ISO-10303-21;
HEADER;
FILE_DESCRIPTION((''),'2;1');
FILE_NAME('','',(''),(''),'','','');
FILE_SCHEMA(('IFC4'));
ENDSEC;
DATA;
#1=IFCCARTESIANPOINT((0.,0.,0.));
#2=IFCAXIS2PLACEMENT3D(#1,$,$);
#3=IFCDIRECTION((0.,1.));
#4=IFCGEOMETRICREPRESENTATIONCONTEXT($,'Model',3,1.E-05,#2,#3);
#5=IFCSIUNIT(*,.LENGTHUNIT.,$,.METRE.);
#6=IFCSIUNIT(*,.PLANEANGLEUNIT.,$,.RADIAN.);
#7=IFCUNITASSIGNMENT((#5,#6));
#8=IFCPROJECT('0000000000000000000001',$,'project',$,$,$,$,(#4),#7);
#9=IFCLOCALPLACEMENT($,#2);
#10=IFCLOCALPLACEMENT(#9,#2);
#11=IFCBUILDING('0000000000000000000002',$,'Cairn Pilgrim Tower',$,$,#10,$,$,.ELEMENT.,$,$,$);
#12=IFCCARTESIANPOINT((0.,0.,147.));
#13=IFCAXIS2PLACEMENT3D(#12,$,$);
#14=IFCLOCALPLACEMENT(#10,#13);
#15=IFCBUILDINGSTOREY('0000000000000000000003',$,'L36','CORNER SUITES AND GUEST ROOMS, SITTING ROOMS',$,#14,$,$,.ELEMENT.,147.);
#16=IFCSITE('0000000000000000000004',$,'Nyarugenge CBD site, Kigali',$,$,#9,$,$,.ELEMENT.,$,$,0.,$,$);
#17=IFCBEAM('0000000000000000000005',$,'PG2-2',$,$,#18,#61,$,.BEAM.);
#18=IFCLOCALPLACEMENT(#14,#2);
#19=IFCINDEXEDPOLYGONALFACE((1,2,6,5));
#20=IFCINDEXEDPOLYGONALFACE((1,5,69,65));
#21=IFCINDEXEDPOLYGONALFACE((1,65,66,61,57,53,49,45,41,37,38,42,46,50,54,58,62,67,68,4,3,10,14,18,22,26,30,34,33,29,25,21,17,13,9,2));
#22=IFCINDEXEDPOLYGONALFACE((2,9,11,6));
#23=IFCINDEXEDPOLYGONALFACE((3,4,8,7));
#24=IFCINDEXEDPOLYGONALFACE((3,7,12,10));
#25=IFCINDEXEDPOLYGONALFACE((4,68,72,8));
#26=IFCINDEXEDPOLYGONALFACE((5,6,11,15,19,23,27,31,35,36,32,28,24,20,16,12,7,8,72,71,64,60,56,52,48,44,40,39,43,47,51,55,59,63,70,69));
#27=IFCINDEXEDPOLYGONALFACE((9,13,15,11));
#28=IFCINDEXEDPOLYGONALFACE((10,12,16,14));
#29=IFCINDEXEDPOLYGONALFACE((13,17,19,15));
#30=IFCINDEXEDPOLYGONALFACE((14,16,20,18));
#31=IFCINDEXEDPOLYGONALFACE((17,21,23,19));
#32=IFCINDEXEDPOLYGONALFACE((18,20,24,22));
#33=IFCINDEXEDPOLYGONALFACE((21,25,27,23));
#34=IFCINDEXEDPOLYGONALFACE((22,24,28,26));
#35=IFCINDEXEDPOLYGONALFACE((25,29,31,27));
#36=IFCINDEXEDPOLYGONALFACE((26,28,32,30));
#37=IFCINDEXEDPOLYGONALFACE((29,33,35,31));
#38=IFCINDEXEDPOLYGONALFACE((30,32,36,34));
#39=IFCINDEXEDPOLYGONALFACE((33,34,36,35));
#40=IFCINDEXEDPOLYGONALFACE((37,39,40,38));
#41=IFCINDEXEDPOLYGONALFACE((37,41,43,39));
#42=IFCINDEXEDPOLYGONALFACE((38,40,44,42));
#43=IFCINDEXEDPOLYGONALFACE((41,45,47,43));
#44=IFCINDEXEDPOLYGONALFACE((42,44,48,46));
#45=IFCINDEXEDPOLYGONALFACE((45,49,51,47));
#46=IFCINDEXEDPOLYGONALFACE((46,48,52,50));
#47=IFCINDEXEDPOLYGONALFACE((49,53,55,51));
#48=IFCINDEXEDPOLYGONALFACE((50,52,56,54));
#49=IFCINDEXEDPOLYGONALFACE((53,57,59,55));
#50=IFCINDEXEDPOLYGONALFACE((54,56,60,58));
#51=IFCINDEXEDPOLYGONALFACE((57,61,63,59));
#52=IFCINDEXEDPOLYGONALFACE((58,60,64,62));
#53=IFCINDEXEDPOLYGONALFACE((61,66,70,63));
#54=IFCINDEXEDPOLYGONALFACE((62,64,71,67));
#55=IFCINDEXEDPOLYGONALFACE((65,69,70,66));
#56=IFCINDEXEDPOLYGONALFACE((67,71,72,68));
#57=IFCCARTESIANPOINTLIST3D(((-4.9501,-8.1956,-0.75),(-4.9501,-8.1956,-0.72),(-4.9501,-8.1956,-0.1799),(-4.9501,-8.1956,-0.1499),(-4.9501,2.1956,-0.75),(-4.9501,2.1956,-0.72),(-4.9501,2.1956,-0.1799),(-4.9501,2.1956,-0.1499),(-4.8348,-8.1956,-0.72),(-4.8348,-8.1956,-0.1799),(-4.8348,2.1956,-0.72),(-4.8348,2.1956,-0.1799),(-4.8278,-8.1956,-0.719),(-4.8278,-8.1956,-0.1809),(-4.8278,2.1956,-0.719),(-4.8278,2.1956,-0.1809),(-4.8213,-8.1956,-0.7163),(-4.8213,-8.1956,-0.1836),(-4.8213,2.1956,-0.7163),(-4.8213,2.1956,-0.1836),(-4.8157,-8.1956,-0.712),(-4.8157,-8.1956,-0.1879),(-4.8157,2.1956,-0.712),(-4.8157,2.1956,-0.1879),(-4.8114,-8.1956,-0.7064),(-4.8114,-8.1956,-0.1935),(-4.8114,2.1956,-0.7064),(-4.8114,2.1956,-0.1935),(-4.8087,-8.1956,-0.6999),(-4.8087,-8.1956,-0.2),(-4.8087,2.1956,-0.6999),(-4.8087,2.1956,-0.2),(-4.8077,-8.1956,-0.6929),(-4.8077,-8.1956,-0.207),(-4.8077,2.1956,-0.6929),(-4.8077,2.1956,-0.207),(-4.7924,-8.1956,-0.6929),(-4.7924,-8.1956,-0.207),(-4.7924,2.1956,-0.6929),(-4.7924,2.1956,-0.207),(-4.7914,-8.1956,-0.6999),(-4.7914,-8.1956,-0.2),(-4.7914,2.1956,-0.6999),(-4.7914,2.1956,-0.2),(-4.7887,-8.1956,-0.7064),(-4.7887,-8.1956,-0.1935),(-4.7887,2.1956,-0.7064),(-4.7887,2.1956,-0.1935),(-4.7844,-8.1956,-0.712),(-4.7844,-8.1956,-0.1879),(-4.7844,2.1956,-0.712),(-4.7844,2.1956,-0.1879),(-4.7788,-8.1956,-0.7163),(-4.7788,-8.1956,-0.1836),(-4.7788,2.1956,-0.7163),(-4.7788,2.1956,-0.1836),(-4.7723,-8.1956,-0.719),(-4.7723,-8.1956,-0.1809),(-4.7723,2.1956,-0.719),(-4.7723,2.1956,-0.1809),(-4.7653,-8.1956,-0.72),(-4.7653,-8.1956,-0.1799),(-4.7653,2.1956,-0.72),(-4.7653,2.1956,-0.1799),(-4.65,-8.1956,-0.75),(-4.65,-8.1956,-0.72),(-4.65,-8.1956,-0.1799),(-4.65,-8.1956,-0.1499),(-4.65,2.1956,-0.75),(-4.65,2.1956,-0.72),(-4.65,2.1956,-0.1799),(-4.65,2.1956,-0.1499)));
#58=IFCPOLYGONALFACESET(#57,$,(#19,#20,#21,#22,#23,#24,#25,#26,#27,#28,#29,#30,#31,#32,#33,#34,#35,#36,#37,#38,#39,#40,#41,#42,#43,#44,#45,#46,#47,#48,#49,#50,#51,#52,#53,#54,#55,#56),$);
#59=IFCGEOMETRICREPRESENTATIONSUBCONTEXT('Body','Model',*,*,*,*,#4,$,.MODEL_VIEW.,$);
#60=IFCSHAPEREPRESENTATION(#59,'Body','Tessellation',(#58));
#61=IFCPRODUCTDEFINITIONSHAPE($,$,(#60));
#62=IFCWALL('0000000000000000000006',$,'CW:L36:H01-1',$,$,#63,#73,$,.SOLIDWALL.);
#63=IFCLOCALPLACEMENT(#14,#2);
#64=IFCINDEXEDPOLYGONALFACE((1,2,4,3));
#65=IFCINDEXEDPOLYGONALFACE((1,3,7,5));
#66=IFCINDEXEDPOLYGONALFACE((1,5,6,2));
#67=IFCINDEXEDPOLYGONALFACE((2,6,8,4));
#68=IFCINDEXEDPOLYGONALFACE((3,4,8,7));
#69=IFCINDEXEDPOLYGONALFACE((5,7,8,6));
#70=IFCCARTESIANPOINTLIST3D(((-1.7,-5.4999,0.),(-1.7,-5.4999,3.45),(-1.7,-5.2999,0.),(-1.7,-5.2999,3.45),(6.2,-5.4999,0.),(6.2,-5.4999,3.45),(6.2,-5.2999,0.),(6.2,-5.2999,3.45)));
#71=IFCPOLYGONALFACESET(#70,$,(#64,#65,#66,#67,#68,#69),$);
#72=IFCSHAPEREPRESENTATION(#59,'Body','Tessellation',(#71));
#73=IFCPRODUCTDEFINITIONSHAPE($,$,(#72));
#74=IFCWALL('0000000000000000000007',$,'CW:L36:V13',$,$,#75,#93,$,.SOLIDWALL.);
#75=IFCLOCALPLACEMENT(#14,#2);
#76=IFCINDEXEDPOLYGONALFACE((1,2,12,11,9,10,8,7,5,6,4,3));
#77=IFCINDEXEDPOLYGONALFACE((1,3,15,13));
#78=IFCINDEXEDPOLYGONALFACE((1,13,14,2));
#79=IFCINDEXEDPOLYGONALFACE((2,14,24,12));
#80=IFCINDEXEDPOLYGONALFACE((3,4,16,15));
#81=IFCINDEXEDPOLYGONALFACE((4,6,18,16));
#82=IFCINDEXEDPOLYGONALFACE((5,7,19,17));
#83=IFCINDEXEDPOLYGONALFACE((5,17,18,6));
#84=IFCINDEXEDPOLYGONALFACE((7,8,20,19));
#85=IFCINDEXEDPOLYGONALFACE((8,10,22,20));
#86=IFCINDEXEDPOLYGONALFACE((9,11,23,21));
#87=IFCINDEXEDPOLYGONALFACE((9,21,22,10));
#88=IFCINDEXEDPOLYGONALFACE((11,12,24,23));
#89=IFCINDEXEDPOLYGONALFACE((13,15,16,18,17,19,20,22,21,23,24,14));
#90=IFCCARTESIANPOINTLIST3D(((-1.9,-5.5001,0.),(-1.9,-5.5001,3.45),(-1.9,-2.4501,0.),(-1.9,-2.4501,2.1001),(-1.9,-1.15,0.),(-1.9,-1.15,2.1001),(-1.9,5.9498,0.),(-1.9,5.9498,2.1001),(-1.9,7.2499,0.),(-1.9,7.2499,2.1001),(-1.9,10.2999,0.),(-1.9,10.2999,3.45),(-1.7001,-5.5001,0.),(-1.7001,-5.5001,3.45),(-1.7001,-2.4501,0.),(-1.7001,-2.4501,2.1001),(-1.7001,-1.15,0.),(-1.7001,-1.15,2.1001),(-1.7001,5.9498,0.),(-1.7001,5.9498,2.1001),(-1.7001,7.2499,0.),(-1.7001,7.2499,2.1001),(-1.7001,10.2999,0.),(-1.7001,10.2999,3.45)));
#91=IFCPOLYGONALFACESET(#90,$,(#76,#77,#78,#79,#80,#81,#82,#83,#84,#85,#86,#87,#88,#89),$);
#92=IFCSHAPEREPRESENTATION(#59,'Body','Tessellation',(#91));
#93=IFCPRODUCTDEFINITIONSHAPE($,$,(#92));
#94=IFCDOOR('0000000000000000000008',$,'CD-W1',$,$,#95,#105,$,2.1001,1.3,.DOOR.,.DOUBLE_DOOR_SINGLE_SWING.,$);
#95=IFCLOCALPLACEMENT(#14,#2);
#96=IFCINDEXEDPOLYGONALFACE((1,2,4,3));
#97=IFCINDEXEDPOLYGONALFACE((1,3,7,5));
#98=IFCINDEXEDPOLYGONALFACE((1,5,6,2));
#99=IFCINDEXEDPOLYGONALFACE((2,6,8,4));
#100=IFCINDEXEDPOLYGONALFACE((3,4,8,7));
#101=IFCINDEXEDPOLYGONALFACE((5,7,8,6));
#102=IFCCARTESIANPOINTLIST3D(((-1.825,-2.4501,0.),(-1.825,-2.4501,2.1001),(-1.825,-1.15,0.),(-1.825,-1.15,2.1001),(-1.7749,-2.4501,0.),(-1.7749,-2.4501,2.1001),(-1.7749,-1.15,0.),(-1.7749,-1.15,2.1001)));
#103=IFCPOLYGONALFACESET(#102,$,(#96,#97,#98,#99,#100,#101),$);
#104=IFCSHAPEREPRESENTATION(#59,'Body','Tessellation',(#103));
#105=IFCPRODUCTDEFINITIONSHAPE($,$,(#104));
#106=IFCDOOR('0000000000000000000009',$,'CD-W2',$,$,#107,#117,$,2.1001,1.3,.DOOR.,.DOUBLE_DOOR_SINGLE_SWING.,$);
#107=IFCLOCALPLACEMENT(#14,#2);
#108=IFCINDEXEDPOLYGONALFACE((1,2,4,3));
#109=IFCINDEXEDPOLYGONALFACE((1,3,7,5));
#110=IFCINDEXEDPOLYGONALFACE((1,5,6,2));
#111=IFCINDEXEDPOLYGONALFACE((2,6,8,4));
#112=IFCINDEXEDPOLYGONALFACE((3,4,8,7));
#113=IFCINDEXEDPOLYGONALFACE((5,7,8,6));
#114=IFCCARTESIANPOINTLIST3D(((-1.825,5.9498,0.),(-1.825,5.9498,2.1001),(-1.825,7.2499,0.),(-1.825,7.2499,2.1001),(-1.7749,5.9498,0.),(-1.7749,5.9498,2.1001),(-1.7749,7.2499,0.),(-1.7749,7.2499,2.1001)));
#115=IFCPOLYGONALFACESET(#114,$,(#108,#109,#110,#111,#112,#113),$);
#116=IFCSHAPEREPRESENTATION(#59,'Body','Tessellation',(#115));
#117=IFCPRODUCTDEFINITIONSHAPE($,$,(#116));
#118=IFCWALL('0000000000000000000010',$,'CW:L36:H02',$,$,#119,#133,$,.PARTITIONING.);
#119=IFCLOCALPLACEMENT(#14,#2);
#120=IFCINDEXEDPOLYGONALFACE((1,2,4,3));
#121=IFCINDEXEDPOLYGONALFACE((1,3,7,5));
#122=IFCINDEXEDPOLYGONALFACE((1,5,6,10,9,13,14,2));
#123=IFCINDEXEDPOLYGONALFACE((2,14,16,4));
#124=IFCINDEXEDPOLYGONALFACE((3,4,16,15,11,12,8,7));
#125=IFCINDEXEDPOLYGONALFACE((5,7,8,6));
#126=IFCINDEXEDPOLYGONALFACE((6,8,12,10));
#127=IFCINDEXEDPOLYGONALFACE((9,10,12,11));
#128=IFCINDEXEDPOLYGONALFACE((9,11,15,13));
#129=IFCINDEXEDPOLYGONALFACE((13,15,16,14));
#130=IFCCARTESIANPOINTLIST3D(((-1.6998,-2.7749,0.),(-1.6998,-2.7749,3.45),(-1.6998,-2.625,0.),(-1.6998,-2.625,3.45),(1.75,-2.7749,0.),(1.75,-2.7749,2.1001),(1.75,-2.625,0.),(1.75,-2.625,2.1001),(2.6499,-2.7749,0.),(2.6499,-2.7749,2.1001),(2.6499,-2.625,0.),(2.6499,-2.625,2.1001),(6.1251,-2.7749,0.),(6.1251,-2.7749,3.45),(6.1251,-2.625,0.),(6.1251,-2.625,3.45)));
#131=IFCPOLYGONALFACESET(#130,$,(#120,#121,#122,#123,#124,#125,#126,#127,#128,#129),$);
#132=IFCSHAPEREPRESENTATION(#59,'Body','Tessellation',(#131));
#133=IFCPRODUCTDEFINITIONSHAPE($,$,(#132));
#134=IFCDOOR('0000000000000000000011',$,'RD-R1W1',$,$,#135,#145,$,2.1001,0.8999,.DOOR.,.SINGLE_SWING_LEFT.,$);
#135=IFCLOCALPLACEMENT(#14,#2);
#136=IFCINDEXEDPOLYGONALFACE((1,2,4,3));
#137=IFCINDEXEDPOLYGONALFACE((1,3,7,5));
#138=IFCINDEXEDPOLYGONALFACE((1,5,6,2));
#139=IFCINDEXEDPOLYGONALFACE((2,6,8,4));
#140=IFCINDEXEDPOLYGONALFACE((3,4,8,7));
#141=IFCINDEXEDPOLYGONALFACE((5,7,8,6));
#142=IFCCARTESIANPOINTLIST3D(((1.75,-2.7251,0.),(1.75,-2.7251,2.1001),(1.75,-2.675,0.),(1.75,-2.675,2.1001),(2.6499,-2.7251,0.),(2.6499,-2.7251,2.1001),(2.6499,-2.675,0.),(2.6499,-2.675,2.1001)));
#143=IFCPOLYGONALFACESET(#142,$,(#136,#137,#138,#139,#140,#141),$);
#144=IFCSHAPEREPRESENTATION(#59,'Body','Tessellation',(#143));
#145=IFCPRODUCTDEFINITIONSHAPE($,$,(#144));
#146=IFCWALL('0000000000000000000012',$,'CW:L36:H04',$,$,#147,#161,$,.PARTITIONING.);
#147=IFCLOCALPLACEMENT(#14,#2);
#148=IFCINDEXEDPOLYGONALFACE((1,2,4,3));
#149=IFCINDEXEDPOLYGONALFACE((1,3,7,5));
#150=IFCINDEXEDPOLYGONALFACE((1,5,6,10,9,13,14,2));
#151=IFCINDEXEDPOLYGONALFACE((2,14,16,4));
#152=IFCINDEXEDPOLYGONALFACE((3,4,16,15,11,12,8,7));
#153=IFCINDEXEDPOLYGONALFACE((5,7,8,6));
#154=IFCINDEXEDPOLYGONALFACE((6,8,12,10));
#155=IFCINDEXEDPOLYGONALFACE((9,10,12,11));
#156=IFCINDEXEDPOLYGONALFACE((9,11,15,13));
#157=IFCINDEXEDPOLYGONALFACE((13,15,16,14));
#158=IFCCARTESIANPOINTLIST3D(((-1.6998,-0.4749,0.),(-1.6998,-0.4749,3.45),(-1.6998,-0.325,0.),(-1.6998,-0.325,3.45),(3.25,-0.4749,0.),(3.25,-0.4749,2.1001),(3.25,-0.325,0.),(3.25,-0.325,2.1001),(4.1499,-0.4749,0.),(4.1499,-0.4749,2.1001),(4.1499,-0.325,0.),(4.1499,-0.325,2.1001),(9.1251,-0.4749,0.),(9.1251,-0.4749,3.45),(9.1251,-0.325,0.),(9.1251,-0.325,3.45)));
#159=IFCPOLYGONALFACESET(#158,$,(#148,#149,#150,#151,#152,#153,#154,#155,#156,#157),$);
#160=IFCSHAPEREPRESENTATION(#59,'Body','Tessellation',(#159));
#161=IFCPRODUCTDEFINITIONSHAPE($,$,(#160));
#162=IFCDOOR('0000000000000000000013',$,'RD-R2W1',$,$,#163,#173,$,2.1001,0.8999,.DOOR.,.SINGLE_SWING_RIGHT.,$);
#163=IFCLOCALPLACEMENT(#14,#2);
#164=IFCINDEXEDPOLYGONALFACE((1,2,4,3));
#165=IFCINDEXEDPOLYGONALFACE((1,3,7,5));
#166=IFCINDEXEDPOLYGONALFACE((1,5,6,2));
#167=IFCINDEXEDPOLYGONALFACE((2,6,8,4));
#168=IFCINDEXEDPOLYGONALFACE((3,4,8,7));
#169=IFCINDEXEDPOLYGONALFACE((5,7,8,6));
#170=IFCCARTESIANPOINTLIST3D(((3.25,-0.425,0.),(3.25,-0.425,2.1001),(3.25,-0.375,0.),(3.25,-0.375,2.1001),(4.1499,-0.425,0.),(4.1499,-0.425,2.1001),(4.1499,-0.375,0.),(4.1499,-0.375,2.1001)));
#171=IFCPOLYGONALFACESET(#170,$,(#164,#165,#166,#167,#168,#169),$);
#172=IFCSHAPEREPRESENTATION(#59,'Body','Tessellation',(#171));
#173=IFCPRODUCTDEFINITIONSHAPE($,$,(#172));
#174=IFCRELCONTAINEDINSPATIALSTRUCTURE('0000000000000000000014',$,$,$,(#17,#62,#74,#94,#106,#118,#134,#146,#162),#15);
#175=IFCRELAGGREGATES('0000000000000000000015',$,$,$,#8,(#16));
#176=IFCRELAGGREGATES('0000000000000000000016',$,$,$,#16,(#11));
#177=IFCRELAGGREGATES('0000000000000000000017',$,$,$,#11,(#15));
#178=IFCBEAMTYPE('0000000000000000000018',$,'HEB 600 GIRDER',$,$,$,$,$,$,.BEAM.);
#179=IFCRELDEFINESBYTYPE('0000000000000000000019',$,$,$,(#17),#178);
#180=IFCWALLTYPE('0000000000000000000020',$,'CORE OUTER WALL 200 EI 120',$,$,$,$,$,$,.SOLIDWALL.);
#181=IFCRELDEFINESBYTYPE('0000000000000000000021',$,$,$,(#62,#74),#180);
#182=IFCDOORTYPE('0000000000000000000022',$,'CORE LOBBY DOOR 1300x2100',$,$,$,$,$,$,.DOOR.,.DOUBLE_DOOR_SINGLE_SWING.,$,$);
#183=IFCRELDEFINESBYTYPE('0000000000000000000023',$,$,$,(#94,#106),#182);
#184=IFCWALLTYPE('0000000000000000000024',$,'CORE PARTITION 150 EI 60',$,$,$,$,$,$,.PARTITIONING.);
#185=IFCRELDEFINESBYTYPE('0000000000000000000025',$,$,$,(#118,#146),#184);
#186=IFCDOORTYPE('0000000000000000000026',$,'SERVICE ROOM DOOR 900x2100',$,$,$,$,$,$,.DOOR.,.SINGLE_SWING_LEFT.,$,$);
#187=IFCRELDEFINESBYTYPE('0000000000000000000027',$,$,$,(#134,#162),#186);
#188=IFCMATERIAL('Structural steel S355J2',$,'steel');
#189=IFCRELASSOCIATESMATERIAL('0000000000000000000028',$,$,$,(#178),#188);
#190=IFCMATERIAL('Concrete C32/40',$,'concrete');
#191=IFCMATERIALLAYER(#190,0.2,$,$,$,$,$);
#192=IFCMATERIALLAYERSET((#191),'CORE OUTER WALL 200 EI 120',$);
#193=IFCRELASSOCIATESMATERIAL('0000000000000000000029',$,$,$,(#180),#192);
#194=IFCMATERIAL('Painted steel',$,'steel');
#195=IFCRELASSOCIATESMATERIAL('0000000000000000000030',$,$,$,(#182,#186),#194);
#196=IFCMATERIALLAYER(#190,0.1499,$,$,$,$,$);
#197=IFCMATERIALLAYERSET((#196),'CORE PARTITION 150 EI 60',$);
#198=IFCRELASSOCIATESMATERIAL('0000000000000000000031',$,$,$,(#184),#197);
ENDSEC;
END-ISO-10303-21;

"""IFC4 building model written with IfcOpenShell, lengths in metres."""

from ifc_helpers import new_model, si_unit, direction, frame, frame_2d, origin, origin_2d, place, context, subcontext, project, spatial, rectangle, i_section, extrude, material, layer, layer_set, material_profile, profile_set, type_object, element, fill, save


model = new_model("IFC4")

# Units and contexts
model_context = context("Model", 3, precision=1e-05, world=origin(), true_north=direction((0.0, 1.0)))
body_context = subcontext(model_context, "Body", "Model", "MODEL_VIEW")
ifc_project = project(units=[si_unit("LENGTHUNIT", "METRE"), si_unit("PLANEANGLEUNIT", "RADIAN")], contexts=[model_context])

# Site, building, storey
site_placement = place(None, origin())
site = spatial("IfcSite", under=ifc_project, at=site_placement, Name="Nyarugenge CBD site, Kigali", CompositionType="ELEMENT", RefElevation=0.0)
building_placement = place(site_placement, origin())
building = spatial("IfcBuilding", under=site, at=building_placement, Name="Cairn Pilgrim Tower", CompositionType="ELEMENT")
storey_placement = place(building_placement, frame((0.0, 0.0, 147.0)))
storey = spatial("IfcBuildingStorey", under=building, at=storey_placement, Name="L36", Description="CORNER SUITES AND GUEST ROOMS, SITTING ROOMS", CompositionType="ELEMENT", Elevation=147.0)

# Beam
ifc_material_1 = material(Name="Structural steel S355J2", Category="steel")
ifc_material_profile_1 = material_profile(ifc_material_1, i_section(OverallWidth=0.3, OverallDepth=0.6001, WebThickness=0.0154, FlangeThickness=0.03, FilletRadius=0.0271, at=origin_2d()), Name="HEB 600")
ifc_profile_set_1 = profile_set([ifc_material_profile_1], Name="Structural steel S355J2")
beam_type_1 = type_object("IfcBeamType", Name="HEB 600 GIRDER", PredefinedType="BEAM", material=ifc_profile_set_1)
beam_1_placement = place(storey_placement, frame((-4.8, -8.1956, -0.45), z_axis=(0.0, 1.0, 0.0), x_axis=(-1.0, 0.0, 0.0)))
element("IfcBeam", 1, at=beam_1_placement, inside=storey, type_object=beam_type_1, Name="PG2-2", PredefinedType="BEAM", context=body_context, shape_type="SweptSolid", body=[
    extrude(i_section(OverallWidth=0.3, OverallDepth=0.6001, WebThickness=0.0154, FlangeThickness=0.03, FilletRadius=0.0271, at=origin_2d()), origin(), (0.0, 0.0, 1.0), 10.3911),
])

# Wall
ifc_material_2 = material(Name="Concrete C32/40", Category="concrete")
ifc_layer_1 = layer(ifc_material_2, 0.2)
ifc_layer_set_1 = layer_set([ifc_layer_1], Name="CORE OUTER WALL 200 EI 120")
wall_type_1 = type_object("IfcWallType", Name="CORE OUTER WALL 200 EI 120", PredefinedType="SOLIDWALL", material=ifc_layer_set_1)
wall_1_placement = place(storey_placement, frame((-1.7, -5.3999, 0.0), z_axis=(0.0, 0.0, 1.0), x_axis=(1.0, 0.0, 0.0)))
element("IfcWall", 2, at=wall_1_placement, inside=storey, type_object=wall_type_1, Name="CW:L36:H01-1", PredefinedType="SOLIDWALL", context=body_context, shape_type="SweptSolid", body=[
    extrude(rectangle(XDim=7.8999, YDim=0.2, at=frame_2d((3.95, 0.0))), origin(), (0.0, 0.0, 1.0), 3.45),
])

# Wall, openings, doors
wall_2_placement = place(storey_placement, frame((-1.8, -5.5, 0.0), z_axis=(0.0, 0.0, 1.0), x_axis=(0.0, 1.0, 0.0)))
wall_2 = element("IfcWall", 3, at=wall_2_placement, inside=storey, type_object=wall_type_1, Name="CW:L36:V13", PredefinedType="SOLIDWALL", context=body_context, shape_type="SweptSolid", body=[
    extrude(rectangle(XDim=15.8, YDim=0.2, at=frame_2d((7.8999, 0.0))), origin(), (0.0, 0.0, 1.0), 3.45),
])
opening_1_placement = place(wall_2_placement, frame((3.05, 0.0, 0.0)))
opening_1 = element("IfcOpeningElement", 4, at=opening_1_placement, cuts=wall_2, PredefinedType="OPENING", context=body_context, shape_type="SweptSolid", body=[
    extrude(rectangle(XDim=1.3, YDim=2.1001, at=frame_2d((0.6499, 1.05))), frame((0.0, 0.1099, 0.0), z_axis=(0.0, -1.0, 0.0), x_axis=(1.0, 0.0, 0.0)), (0.0, 0.0, 1.0), 0.22),
])
opening_2_placement = place(wall_2_placement, frame((11.45, 0.0, 0.0)))
opening_2 = element("IfcOpeningElement", 5, at=opening_2_placement, cuts=wall_2, PredefinedType="OPENING", context=body_context, shape_type="SweptSolid", body=[
    extrude(rectangle(XDim=1.3, YDim=2.1001, at=frame_2d((0.6499, 1.05))), frame((0.0, 0.1099, 0.0), z_axis=(0.0, -1.0, 0.0), x_axis=(1.0, 0.0, 0.0)), (0.0, 0.0, 1.0), 0.22),
])
ifc_material_3 = material(Name="Painted steel", Category="steel")
door_type_1 = type_object("IfcDoorType", Name="CORE LOBBY DOOR 1300x2100", OperationType="DOUBLE_DOOR_SINGLE_SWING", PredefinedType="DOOR", material=ifc_material_3)
door_1_placement = place(opening_1_placement, origin())
door_1 = element("IfcDoor", 6, at=door_1_placement, inside=storey, type_object=door_type_1, Name="CD-W1", OperationType="DOUBLE_DOOR_SINGLE_SWING", OverallHeight=2.1001, OverallWidth=1.3, PredefinedType="DOOR", context=body_context, shape_type="SweptSolid", body=[
    extrude(rectangle(XDim=1.3, YDim=2.1001, at=frame_2d((0.6499, 1.05))), frame((0.0, 0.0249, 0.0), z_axis=(0.0, -1.0, 0.0), x_axis=(1.0, 0.0, 0.0)), (0.0, 0.0, 1.0), 0.05),
])
fill(opening_1, door_1)
door_2_placement = place(opening_2_placement, origin())
door_2 = element("IfcDoor", 7, at=door_2_placement, inside=storey, type_object=door_type_1, Name="CD-W2", OperationType="DOUBLE_DOOR_SINGLE_SWING", OverallHeight=2.1001, OverallWidth=1.3, PredefinedType="DOOR", context=body_context, shape_type="SweptSolid", body=[
    extrude(rectangle(XDim=1.3, YDim=2.1001, at=frame_2d((0.6499, 1.05))), frame((0.0, 0.0249, 0.0), z_axis=(0.0, -1.0, 0.0), x_axis=(1.0, 0.0, 0.0)), (0.0, 0.0, 1.0), 0.05),
])
fill(opening_2, door_2)

# Walls, openings, doors
ifc_layer_2 = layer(ifc_material_2, 0.1499)
ifc_layer_set_2 = layer_set([ifc_layer_2], Name="CORE PARTITION 150 EI 60")
wall_type_2 = type_object("IfcWallType", Name="CORE PARTITION 150 EI 60", PredefinedType="PARTITIONING", material=ifc_layer_set_2)
wall_3_placement = place(storey_placement, frame((-1.7, -2.7, 0.0), z_axis=(0.0, 0.0, 1.0), x_axis=(1.0, 0.0, 0.0)))
wall_3 = element("IfcWall", 8, at=wall_3_placement, inside=storey, type_object=wall_type_2, Name="CW:L36:H02", PredefinedType="PARTITIONING", context=body_context, shape_type="SweptSolid", body=[
    extrude(rectangle(XDim=7.825, YDim=0.1499, at=frame_2d((3.9126, 0.0))), origin(), (0.0, 0.0, 1.0), 3.45),
])
opening_3_placement = place(wall_3_placement, frame((3.45, 0.0, 0.0)))
opening_3 = element("IfcOpeningElement", 9, at=opening_3_placement, cuts=wall_3, PredefinedType="OPENING", context=body_context, shape_type="SweptSolid", body=[
    extrude(rectangle(XDim=0.8999, YDim=2.1001, at=frame_2d((0.45, 1.05))), frame((0.0, 0.085, 0.0), z_axis=(0.0, -1.0, 0.0), x_axis=(1.0, 0.0, 0.0)), (0.0, 0.0, 1.0), 0.1699),
])
door_type_2 = type_object("IfcDoorType", Name="SERVICE ROOM DOOR 900x2100", OperationType="SINGLE_SWING_LEFT", PredefinedType="DOOR", material=ifc_material_3)
door_3_placement = place(opening_3_placement, origin())
door_3 = element("IfcDoor", 10, at=door_3_placement, inside=storey, type_object=door_type_2, Name="RD-R1W1", OperationType="SINGLE_SWING_LEFT", OverallHeight=2.1001, OverallWidth=0.8999, PredefinedType="DOOR", context=body_context, shape_type="SweptSolid", body=[
    extrude(rectangle(XDim=0.8999, YDim=2.1001, at=frame_2d((0.45, 1.05))), frame((0.0, 0.0249, 0.0), z_axis=(0.0, -1.0, 0.0), x_axis=(1.0, 0.0, 0.0)), (0.0, 0.0, 1.0), 0.05),
])
fill(opening_3, door_3)
wall_4_placement = place(storey_placement, frame((-1.7, -0.3999, 0.0), z_axis=(0.0, 0.0, 1.0), x_axis=(1.0, 0.0, 0.0)))
wall_4 = element("IfcWall", 11, at=wall_4_placement, inside=storey, type_object=wall_type_2, Name="CW:L36:H04", PredefinedType="PARTITIONING", context=body_context, shape_type="SweptSolid", body=[
    extrude(rectangle(XDim=10.825, YDim=0.1499, at=frame_2d((5.4126, 0.0))), origin(), (0.0, 0.0, 1.0), 3.45),
])
opening_4_placement = place(wall_4_placement, frame((4.95, 0.0, 0.0)))
opening_4 = element("IfcOpeningElement", 12, at=opening_4_placement, cuts=wall_4, PredefinedType="OPENING", context=body_context, shape_type="SweptSolid", body=[
    extrude(rectangle(XDim=0.8999, YDim=2.1001, at=frame_2d((0.45, 1.05))), frame((0.0, 0.085, 0.0), z_axis=(0.0, -1.0, 0.0), x_axis=(1.0, 0.0, 0.0)), (0.0, 0.0, 1.0), 0.1699),
])
door_4_placement = place(opening_4_placement, origin())
door_4 = element("IfcDoor", 13, at=door_4_placement, inside=storey, type_object=door_type_2, Name="RD-R2W1", OperationType="SINGLE_SWING_RIGHT", OverallHeight=2.1001, OverallWidth=0.8999, PredefinedType="DOOR", context=body_context, shape_type="SweptSolid", body=[
    extrude(rectangle(XDim=0.8999, YDim=2.1001, at=frame_2d((0.45, 1.05))), frame((0.0, 0.0249, 0.0), z_axis=(0.0, -1.0, 0.0), x_axis=(1.0, 0.0, 0.0)), (0.0, 0.0, 1.0), 0.05),
])
fill(opening_4, door_4)

save(model, "model.ifc")
